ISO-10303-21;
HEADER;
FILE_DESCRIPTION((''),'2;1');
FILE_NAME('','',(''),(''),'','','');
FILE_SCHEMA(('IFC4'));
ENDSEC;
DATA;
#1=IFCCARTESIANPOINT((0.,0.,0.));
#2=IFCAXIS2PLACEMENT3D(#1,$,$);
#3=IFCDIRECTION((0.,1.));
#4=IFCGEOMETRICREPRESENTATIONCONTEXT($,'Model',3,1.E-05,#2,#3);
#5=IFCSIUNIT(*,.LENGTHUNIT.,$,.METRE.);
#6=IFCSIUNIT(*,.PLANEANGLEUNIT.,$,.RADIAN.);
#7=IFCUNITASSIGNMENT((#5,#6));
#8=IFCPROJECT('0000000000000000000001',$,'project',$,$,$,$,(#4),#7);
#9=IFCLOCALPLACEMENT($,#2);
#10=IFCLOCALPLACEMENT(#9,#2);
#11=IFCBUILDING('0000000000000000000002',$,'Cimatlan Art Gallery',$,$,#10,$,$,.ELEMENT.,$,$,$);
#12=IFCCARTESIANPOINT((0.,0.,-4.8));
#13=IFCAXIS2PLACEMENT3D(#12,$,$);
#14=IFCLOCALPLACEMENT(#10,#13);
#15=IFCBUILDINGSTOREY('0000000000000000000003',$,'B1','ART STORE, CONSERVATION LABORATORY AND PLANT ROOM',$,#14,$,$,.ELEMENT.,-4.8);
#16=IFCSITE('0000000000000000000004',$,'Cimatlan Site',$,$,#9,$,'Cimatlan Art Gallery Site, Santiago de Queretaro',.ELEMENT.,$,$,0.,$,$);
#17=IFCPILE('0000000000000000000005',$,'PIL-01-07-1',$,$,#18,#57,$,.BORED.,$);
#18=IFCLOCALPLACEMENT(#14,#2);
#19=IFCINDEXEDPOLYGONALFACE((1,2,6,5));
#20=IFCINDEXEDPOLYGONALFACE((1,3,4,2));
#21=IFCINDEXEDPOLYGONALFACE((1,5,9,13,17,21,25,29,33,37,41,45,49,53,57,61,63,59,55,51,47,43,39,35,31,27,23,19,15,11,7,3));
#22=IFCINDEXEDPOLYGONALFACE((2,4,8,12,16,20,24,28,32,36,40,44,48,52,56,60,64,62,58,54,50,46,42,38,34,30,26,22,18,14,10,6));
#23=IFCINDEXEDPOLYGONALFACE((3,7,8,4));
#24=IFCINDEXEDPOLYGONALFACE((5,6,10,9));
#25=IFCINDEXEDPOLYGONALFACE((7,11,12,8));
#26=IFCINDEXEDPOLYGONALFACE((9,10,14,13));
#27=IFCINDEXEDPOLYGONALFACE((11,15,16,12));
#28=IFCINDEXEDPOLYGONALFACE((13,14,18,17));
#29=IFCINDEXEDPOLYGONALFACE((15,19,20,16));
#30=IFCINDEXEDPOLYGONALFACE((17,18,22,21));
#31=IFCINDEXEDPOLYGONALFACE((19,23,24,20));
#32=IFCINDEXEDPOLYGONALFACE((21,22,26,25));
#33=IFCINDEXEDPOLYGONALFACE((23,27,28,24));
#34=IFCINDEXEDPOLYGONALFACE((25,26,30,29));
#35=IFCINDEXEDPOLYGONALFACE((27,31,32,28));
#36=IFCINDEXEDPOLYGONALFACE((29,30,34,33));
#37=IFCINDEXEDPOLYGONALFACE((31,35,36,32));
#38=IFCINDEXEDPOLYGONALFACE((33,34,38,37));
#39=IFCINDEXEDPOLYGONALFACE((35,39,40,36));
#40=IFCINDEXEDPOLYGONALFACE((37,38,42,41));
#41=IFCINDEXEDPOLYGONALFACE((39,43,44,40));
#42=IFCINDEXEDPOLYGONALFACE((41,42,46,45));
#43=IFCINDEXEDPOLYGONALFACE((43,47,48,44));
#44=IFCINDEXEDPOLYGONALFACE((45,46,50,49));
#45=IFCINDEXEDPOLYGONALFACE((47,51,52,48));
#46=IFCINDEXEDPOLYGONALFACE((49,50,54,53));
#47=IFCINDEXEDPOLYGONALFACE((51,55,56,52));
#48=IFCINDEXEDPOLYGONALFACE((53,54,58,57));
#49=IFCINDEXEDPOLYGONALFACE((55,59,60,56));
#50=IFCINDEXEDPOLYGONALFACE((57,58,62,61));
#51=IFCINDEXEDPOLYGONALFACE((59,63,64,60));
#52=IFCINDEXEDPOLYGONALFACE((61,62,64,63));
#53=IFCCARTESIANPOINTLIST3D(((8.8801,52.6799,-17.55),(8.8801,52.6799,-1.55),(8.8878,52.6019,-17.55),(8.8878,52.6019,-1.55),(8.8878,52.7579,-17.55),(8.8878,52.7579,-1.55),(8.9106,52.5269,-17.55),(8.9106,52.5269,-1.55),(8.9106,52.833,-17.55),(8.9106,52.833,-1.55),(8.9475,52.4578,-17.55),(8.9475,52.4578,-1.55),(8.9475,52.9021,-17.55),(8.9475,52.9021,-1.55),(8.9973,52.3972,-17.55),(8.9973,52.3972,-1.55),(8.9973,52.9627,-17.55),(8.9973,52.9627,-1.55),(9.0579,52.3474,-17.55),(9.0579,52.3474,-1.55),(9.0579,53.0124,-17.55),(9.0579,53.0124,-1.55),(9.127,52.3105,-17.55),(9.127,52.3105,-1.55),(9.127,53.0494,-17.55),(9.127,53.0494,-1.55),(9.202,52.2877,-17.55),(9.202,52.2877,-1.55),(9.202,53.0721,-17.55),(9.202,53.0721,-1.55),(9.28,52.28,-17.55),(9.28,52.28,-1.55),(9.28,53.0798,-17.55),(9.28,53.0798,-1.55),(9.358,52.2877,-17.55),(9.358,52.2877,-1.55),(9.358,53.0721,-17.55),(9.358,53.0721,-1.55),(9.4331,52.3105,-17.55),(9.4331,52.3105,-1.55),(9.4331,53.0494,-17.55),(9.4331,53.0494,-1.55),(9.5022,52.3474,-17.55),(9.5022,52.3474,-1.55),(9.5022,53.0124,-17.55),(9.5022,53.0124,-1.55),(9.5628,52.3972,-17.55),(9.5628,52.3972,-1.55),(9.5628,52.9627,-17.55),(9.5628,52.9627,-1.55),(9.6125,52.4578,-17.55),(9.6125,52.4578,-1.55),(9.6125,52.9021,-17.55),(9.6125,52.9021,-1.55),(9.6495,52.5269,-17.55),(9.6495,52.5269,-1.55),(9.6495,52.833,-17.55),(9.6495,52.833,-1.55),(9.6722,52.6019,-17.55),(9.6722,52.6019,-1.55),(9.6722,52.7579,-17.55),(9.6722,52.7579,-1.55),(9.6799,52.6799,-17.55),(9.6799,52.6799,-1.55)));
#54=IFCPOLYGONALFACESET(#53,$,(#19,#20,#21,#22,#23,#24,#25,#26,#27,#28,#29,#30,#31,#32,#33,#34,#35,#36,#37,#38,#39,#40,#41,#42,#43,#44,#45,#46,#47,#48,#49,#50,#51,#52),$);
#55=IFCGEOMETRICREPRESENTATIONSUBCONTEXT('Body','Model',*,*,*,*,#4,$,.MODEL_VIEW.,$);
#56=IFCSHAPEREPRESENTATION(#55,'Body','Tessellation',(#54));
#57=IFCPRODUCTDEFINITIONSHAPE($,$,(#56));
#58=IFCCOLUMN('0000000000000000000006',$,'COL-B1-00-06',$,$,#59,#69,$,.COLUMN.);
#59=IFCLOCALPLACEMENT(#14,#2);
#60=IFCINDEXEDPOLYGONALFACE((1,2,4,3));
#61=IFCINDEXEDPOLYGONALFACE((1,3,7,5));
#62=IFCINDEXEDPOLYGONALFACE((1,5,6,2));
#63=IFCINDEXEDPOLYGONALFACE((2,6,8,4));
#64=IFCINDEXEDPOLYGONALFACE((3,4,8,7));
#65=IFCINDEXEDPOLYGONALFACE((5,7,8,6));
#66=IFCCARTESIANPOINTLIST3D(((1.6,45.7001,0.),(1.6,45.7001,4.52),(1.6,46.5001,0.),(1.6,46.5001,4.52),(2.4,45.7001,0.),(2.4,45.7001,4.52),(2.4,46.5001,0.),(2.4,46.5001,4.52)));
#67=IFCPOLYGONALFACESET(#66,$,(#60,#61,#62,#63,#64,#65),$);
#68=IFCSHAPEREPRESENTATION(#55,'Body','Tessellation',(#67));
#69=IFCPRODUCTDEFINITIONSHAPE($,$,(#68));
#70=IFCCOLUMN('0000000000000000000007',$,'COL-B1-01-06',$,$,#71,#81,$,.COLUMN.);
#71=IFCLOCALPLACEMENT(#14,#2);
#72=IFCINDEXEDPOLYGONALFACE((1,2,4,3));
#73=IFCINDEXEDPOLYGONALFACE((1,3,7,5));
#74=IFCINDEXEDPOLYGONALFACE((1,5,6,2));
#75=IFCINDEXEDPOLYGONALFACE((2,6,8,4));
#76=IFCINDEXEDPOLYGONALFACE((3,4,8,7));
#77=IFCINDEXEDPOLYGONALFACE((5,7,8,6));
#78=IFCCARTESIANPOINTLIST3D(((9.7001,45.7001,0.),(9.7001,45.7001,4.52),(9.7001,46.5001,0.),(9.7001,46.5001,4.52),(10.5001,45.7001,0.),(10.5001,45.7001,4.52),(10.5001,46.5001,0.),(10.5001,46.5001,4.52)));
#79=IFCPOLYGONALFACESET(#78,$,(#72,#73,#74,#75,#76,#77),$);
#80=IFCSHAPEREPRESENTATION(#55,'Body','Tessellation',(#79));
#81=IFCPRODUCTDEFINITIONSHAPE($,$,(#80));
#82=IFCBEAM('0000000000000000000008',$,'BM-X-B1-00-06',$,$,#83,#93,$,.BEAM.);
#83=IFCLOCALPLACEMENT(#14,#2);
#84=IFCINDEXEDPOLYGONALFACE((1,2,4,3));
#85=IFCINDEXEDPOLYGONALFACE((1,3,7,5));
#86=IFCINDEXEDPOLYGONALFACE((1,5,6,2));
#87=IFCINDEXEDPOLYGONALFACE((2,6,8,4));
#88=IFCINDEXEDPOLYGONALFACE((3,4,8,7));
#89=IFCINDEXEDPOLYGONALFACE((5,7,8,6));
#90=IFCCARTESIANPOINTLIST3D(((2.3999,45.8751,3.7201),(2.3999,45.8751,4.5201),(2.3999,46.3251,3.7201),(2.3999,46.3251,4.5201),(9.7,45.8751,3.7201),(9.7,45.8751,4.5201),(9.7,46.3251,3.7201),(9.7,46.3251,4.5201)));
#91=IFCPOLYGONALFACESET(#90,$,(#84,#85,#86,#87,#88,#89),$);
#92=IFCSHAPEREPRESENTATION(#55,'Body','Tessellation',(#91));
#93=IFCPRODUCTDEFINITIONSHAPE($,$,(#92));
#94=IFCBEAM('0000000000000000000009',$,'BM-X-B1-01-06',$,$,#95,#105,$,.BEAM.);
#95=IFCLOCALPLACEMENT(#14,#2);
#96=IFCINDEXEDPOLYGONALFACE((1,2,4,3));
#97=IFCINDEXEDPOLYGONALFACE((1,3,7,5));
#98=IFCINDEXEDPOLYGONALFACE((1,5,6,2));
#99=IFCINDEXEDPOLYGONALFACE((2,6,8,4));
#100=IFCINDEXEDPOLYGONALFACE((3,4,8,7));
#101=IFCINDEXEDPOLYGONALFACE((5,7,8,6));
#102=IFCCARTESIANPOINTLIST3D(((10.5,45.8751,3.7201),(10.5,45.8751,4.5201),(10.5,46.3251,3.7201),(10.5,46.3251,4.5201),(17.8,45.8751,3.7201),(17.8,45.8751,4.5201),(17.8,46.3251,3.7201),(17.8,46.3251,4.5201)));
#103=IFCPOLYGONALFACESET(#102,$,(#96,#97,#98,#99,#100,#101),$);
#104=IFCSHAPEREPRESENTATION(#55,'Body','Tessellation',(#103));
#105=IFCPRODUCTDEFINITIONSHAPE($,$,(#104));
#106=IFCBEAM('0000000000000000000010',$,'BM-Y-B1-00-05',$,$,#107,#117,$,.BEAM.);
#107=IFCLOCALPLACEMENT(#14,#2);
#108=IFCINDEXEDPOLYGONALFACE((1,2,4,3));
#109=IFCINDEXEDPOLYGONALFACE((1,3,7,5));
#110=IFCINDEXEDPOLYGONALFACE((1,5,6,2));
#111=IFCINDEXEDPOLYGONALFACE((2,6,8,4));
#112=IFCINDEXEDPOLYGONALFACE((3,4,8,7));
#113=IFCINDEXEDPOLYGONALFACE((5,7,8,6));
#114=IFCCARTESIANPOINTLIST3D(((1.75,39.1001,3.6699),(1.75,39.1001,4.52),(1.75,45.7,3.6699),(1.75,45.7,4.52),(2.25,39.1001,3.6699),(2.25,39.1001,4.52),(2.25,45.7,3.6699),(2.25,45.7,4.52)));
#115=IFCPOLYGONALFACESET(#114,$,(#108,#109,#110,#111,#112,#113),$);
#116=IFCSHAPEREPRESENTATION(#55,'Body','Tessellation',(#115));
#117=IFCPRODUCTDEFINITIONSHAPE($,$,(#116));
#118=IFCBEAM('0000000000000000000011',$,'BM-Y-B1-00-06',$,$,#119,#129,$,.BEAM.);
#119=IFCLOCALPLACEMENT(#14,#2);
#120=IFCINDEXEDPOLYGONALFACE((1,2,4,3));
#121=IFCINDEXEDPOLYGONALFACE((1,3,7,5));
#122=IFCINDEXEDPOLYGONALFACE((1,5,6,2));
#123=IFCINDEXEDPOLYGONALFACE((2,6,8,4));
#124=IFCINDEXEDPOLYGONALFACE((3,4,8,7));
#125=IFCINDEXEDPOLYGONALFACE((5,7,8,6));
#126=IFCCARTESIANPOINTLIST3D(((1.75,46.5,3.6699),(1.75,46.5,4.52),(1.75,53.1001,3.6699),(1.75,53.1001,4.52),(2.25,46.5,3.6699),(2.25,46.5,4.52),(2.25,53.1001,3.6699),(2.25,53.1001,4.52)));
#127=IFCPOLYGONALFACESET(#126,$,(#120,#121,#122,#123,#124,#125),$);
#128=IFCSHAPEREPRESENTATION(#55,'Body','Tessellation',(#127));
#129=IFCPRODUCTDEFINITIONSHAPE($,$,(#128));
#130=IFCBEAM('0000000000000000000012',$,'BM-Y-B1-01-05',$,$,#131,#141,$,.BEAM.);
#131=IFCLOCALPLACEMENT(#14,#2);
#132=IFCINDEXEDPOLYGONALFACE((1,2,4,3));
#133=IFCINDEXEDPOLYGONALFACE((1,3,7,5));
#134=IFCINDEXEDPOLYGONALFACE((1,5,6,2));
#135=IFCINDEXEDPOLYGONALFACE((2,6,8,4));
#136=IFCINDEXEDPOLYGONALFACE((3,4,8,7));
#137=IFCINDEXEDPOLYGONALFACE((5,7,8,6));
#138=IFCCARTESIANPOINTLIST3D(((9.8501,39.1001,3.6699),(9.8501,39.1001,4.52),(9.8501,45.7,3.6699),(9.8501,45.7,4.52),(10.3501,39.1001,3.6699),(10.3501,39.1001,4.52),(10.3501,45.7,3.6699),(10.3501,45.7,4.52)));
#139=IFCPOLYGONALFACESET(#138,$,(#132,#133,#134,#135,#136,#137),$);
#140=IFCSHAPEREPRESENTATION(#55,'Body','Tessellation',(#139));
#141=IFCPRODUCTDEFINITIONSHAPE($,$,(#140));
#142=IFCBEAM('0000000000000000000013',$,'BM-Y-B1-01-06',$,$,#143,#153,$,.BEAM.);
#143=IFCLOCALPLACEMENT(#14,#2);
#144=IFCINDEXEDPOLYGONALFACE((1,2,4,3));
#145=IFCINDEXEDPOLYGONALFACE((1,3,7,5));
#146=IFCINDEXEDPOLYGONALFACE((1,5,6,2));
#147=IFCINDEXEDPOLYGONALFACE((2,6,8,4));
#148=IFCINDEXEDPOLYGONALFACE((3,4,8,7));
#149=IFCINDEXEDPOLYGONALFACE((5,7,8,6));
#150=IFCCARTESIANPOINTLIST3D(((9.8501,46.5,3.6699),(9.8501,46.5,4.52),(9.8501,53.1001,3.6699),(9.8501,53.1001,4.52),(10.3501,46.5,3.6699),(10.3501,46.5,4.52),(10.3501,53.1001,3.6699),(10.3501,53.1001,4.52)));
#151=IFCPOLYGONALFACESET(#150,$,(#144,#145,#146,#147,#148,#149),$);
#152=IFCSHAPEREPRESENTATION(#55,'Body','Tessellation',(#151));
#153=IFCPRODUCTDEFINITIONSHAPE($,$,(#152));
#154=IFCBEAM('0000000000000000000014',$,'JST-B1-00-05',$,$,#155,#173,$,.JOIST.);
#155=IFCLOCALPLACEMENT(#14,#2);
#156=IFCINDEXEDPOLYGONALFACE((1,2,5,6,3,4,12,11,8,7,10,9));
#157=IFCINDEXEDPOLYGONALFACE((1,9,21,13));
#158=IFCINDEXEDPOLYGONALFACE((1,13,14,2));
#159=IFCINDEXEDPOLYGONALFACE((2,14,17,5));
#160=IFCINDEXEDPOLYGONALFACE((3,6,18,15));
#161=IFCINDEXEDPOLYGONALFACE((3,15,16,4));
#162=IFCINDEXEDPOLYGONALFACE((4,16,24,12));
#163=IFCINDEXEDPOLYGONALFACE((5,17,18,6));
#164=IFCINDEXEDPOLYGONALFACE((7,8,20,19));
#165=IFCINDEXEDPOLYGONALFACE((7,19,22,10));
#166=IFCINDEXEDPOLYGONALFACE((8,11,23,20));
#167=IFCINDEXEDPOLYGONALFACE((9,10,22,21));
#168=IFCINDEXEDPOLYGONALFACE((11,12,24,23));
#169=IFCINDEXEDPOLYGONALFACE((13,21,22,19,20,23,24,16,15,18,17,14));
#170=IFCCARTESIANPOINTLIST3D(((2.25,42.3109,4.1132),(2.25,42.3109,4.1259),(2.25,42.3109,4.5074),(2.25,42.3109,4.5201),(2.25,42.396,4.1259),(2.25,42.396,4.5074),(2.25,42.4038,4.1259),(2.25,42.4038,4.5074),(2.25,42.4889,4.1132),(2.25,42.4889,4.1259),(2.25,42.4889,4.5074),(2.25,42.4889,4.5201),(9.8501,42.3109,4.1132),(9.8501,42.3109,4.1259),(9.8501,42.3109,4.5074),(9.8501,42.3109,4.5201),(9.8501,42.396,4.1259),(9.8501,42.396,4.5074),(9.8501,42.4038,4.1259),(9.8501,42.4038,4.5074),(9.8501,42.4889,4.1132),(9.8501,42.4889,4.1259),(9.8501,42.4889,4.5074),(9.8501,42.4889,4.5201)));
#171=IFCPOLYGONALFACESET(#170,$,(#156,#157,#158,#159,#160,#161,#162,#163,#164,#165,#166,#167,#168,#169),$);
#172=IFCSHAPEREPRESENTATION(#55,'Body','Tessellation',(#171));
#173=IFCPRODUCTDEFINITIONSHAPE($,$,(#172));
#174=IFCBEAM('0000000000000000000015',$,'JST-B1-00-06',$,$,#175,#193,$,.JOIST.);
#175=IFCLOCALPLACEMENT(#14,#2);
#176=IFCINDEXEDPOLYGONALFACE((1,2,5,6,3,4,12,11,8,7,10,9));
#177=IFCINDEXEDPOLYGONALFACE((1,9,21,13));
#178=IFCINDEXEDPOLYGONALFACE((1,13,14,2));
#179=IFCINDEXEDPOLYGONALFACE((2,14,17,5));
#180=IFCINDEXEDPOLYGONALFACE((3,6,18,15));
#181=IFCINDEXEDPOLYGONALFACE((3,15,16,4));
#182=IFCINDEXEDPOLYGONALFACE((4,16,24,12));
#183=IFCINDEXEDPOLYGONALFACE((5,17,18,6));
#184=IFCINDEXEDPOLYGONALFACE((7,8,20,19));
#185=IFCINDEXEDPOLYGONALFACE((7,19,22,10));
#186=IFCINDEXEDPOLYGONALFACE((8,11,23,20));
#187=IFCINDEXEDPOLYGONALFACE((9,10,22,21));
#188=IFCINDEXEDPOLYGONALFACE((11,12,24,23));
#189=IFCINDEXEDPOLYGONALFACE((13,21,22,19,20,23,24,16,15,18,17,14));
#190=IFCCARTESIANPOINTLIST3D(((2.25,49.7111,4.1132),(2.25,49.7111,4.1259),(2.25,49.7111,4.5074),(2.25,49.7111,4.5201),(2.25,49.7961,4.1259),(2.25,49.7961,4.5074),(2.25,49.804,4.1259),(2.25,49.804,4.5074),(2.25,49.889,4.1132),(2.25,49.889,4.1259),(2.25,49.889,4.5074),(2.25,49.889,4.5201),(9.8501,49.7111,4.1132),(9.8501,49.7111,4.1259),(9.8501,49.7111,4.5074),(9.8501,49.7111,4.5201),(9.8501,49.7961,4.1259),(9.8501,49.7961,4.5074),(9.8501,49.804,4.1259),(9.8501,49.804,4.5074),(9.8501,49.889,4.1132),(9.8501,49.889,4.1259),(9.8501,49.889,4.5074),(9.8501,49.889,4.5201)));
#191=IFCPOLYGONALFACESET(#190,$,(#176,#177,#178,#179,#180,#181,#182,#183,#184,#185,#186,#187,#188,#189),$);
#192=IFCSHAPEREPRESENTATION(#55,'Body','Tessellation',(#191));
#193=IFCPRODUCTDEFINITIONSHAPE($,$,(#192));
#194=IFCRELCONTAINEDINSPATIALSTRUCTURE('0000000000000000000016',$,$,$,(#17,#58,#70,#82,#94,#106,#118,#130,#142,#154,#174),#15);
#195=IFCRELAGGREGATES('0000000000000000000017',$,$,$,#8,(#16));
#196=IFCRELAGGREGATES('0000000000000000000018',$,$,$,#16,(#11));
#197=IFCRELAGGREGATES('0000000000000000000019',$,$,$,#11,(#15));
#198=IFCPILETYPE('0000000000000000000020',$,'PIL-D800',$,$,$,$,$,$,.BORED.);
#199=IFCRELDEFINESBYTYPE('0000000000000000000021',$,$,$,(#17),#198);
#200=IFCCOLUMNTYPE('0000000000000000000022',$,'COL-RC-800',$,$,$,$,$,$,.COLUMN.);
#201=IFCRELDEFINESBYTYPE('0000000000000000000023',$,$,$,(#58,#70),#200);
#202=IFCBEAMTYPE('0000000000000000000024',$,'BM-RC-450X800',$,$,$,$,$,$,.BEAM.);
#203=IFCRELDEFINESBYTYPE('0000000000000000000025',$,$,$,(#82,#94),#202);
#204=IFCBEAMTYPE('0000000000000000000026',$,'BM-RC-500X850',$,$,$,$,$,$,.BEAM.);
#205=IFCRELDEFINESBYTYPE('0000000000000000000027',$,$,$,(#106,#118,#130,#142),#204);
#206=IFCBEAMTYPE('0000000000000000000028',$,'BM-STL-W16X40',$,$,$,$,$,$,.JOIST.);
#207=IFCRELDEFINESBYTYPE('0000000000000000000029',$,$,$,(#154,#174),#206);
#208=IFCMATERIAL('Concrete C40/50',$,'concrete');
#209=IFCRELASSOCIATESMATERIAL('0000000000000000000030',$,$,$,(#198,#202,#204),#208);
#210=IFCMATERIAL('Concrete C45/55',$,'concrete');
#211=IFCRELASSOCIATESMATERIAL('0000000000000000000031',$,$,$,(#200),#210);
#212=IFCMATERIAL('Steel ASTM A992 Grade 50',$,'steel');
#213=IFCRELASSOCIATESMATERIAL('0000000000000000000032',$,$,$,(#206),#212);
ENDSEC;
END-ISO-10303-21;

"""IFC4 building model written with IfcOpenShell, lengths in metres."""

from ifc_helpers import new_model, si_unit, direction, frame, origin, origin_2d, place, context, subcontext, project, spatial, rectangle, circle, i_section, extrude, material, material_profile, profile_set, type_object, element, save


model = new_model("IFC4")

# Units and contexts
model_context = context("Model", 3, precision=1e-05, world=origin(), true_north=direction((0.0, 1.0)))
body_context = subcontext(model_context, "Body", "Model", "MODEL_VIEW")
ifc_project = project(units=[si_unit("LENGTHUNIT", "METRE"), si_unit("PLANEANGLEUNIT", "RADIAN")], contexts=[model_context])

# Site, building, storey
site_placement = place(None, origin())
site = spatial("IfcSite", under=ifc_project, at=site_placement, Name="Cimatlan Site", LongName="Cimatlan Art Gallery Site, Santiago de Queretaro", CompositionType="ELEMENT", RefElevation=0.0)
building_placement = place(site_placement, origin())
building = spatial("IfcBuilding", under=site, at=building_placement, Name="Cimatlan Art Gallery", CompositionType="ELEMENT")
storey_placement = place(building_placement, frame((0.0, 0.0, -4.8)))
storey = spatial("IfcBuildingStorey", under=building, at=storey_placement, Name="B1", Description="ART STORE, CONSERVATION LABORATORY AND PLANT ROOM", CompositionType="ELEMENT", Elevation=-4.8)

# Shared definitions
ifc_material_1 = material(Name="Concrete C40/50", Category="concrete")

# Pile
pile_type_1 = type_object("IfcPileType", Name="PIL-D800", PredefinedType="BORED", material=ifc_material_1)
for number, where, z_axis, x_axis, name in (
    (1, (9.28, 52.6799, -1.55), (0.0, 0.0, -1.0), (1.0, 0.0, 0.0), "PIL-01-07-1"),
):
    element("IfcPile", number, at=place(storey_placement, frame(where, z_axis=z_axis, x_axis=x_axis)), inside=storey, type_object=pile_type_1, Name=name, PredefinedType="BORED", context=body_context, shape_type="SweptSolid", body=[
        extrude(circle(Radius=0.3999, at=origin_2d()), origin(), (0.0, 0.0, 1.0), 16.0),
    ])

# Columns
ifc_material_2 = material(Name="Concrete C45/55", Category="concrete")
ifc_material_profile_1 = material_profile(ifc_material_2, rectangle(XDim=0.8, YDim=0.8, at=origin_2d()), Name="RC800X800")
ifc_profile_set_1 = profile_set([ifc_material_profile_1], Name="Concrete C45/55")
column_type = type_object("IfcColumnType", Name="COL-RC-800", PredefinedType="COLUMN", material=ifc_profile_set_1)
for number, where, z_axis, x_axis, name in (
    (2, (2.0, 46.1001, 0.0), (0.0, 0.0, 1.0), (1.0, 0.0, 0.0), "COL-B1-00-06"),
    (3, (10.1001, 46.1001, 0.0), (0.0, 0.0, 1.0), (1.0, 0.0, 0.0), "COL-B1-01-06"),
):
    element("IfcColumn", number, at=place(storey_placement, frame(where, z_axis=z_axis, x_axis=x_axis)), inside=storey, type_object=column_type, Name=name, PredefinedType="COLUMN", context=body_context, shape_type="SweptSolid", body=[
        extrude(rectangle(XDim=0.8, YDim=0.8, at=origin_2d()), origin(), (0.0, 0.0, 1.0), 4.52),
    ])

# Beams
ifc_material_profile_2 = material_profile(ifc_material_1, rectangle(XDim=0.45, YDim=0.8, at=origin_2d()), Name="RC450X800")
ifc_profile_set_2 = profile_set([ifc_material_profile_2], Name="Concrete C40/50")
beam_type_1 = type_object("IfcBeamType", Name="BM-RC-450X800", PredefinedType="BEAM", material=ifc_profile_set_2)
for number, where, z_axis, x_axis, name in (
    (4, (2.3999, 46.1001, 4.1201), (1.0, 0.0, 0.0), (0.0, 1.0, 0.0), "BM-X-B1-00-06"),
    (5, (10.5, 46.1001, 4.1201), (1.0, 0.0, 0.0), (0.0, 1.0, 0.0), "BM-X-B1-01-06"),
):
    element("IfcBeam", number, at=place(storey_placement, frame(where, z_axis=z_axis, x_axis=x_axis)), inside=storey, type_object=beam_type_1, Name=name, PredefinedType="BEAM", context=body_context, shape_type="SweptSolid", body=[
        extrude(rectangle(XDim=0.45, YDim=0.8, at=origin_2d()), origin(), (0.0, 0.0, 1.0), 7.3),
    ])
ifc_material_profile_3 = material_profile(ifc_material_1, rectangle(XDim=0.5, YDim=0.8501, at=origin_2d()), Name="RC500X850")
ifc_profile_set_3 = profile_set([ifc_material_profile_3], Name="Concrete C40/50")
beam_type_2 = type_object("IfcBeamType", Name="BM-RC-500X850", PredefinedType="BEAM", material=ifc_profile_set_3)
beam_1_placement = place(storey_placement, frame((2.0, 39.1001, 4.095), z_axis=(0.0, 1.0, 0.0), x_axis=(-1.0, 0.0, 0.0)))
element("IfcBeam", 6, at=beam_1_placement, inside=storey, type_object=beam_type_2, Name="BM-Y-B1-00-05", PredefinedType="BEAM", context=body_context, shape_type="SweptSolid", body=[
    extrude(rectangle(XDim=0.5, YDim=0.8501, at=origin_2d()), origin(), (0.0, 0.0, 1.0), 6.5999),
])
beam_2_placement = place(storey_placement, frame((2.0, 46.5, 4.095), z_axis=(0.0, 1.0, 0.0), x_axis=(-1.0, 0.0, 0.0)))
element("IfcBeam", 7, at=beam_2_placement, inside=storey, type_object=beam_type_2, Name="BM-Y-B1-00-06", PredefinedType="BEAM", context=body_context, shape_type="SweptSolid", body=[
    extrude(rectangle(XDim=0.5, YDim=0.8501, at=origin_2d()), origin(), (0.0, 0.0, 1.0), 6.6001),
])
beam_3_placement = place(storey_placement, frame((10.1001, 39.1001, 4.095), z_axis=(0.0, 1.0, 0.0), x_axis=(-1.0, 0.0, 0.0)))
element("IfcBeam", 8, at=beam_3_placement, inside=storey, type_object=beam_type_2, Name="BM-Y-B1-01-05", PredefinedType="BEAM", context=body_context, shape_type="SweptSolid", body=[
    extrude(rectangle(XDim=0.5, YDim=0.8501, at=origin_2d()), origin(), (0.0, 0.0, 1.0), 6.5999),
])
beam_4_placement = place(storey_placement, frame((10.1001, 46.5, 4.095), z_axis=(0.0, 1.0, 0.0), x_axis=(-1.0, 0.0, 0.0)))
element("IfcBeam", 9, at=beam_4_placement, inside=storey, type_object=beam_type_2, Name="BM-Y-B1-01-06", PredefinedType="BEAM", context=body_context, shape_type="SweptSolid", body=[
    extrude(rectangle(XDim=0.5, YDim=0.8501, at=origin_2d()), origin(), (0.0, 0.0, 1.0), 6.6001),
])
ifc_material_3 = material(Name="Steel ASTM A992 Grade 50", Category="steel")
ifc_material_profile_4 = material_profile(ifc_material_3, i_section(OverallWidth=0.178, OverallDepth=0.407, WebThickness=0.0078, FlangeThickness=0.0127, at=origin_2d()), Name="W16X40")
ifc_profile_set_4 = profile_set([ifc_material_profile_4], Name="Steel ASTM A992 Grade 50")
beam_type_3 = type_object("IfcBeamType", Name="BM-STL-W16X40", PredefinedType="JOIST", material=ifc_profile_set_4)
for number, where, z_axis, x_axis, name in (
    (10, (2.25, 42.3999, 4.3167), (1.0, 0.0, 0.0), (0.0, 1.0, 0.0), "JST-B1-00-05"),
    (11, (2.25, 49.8, 4.3167), (1.0, 0.0, 0.0), (0.0, 1.0, 0.0), "JST-B1-00-06"),
):
    element("IfcBeam", number, at=place(storey_placement, frame(where, z_axis=z_axis, x_axis=x_axis)), inside=storey, type_object=beam_type_3, Name=name, PredefinedType="JOIST", context=body_context, shape_type="SweptSolid", body=[
        extrude(i_section(OverallWidth=0.178, OverallDepth=0.407, WebThickness=0.0078, FlangeThickness=0.0127, at=origin_2d()), origin(), (0.0, 0.0, 1.0), 7.6001),
    ])

save(model, "model.ifc")
